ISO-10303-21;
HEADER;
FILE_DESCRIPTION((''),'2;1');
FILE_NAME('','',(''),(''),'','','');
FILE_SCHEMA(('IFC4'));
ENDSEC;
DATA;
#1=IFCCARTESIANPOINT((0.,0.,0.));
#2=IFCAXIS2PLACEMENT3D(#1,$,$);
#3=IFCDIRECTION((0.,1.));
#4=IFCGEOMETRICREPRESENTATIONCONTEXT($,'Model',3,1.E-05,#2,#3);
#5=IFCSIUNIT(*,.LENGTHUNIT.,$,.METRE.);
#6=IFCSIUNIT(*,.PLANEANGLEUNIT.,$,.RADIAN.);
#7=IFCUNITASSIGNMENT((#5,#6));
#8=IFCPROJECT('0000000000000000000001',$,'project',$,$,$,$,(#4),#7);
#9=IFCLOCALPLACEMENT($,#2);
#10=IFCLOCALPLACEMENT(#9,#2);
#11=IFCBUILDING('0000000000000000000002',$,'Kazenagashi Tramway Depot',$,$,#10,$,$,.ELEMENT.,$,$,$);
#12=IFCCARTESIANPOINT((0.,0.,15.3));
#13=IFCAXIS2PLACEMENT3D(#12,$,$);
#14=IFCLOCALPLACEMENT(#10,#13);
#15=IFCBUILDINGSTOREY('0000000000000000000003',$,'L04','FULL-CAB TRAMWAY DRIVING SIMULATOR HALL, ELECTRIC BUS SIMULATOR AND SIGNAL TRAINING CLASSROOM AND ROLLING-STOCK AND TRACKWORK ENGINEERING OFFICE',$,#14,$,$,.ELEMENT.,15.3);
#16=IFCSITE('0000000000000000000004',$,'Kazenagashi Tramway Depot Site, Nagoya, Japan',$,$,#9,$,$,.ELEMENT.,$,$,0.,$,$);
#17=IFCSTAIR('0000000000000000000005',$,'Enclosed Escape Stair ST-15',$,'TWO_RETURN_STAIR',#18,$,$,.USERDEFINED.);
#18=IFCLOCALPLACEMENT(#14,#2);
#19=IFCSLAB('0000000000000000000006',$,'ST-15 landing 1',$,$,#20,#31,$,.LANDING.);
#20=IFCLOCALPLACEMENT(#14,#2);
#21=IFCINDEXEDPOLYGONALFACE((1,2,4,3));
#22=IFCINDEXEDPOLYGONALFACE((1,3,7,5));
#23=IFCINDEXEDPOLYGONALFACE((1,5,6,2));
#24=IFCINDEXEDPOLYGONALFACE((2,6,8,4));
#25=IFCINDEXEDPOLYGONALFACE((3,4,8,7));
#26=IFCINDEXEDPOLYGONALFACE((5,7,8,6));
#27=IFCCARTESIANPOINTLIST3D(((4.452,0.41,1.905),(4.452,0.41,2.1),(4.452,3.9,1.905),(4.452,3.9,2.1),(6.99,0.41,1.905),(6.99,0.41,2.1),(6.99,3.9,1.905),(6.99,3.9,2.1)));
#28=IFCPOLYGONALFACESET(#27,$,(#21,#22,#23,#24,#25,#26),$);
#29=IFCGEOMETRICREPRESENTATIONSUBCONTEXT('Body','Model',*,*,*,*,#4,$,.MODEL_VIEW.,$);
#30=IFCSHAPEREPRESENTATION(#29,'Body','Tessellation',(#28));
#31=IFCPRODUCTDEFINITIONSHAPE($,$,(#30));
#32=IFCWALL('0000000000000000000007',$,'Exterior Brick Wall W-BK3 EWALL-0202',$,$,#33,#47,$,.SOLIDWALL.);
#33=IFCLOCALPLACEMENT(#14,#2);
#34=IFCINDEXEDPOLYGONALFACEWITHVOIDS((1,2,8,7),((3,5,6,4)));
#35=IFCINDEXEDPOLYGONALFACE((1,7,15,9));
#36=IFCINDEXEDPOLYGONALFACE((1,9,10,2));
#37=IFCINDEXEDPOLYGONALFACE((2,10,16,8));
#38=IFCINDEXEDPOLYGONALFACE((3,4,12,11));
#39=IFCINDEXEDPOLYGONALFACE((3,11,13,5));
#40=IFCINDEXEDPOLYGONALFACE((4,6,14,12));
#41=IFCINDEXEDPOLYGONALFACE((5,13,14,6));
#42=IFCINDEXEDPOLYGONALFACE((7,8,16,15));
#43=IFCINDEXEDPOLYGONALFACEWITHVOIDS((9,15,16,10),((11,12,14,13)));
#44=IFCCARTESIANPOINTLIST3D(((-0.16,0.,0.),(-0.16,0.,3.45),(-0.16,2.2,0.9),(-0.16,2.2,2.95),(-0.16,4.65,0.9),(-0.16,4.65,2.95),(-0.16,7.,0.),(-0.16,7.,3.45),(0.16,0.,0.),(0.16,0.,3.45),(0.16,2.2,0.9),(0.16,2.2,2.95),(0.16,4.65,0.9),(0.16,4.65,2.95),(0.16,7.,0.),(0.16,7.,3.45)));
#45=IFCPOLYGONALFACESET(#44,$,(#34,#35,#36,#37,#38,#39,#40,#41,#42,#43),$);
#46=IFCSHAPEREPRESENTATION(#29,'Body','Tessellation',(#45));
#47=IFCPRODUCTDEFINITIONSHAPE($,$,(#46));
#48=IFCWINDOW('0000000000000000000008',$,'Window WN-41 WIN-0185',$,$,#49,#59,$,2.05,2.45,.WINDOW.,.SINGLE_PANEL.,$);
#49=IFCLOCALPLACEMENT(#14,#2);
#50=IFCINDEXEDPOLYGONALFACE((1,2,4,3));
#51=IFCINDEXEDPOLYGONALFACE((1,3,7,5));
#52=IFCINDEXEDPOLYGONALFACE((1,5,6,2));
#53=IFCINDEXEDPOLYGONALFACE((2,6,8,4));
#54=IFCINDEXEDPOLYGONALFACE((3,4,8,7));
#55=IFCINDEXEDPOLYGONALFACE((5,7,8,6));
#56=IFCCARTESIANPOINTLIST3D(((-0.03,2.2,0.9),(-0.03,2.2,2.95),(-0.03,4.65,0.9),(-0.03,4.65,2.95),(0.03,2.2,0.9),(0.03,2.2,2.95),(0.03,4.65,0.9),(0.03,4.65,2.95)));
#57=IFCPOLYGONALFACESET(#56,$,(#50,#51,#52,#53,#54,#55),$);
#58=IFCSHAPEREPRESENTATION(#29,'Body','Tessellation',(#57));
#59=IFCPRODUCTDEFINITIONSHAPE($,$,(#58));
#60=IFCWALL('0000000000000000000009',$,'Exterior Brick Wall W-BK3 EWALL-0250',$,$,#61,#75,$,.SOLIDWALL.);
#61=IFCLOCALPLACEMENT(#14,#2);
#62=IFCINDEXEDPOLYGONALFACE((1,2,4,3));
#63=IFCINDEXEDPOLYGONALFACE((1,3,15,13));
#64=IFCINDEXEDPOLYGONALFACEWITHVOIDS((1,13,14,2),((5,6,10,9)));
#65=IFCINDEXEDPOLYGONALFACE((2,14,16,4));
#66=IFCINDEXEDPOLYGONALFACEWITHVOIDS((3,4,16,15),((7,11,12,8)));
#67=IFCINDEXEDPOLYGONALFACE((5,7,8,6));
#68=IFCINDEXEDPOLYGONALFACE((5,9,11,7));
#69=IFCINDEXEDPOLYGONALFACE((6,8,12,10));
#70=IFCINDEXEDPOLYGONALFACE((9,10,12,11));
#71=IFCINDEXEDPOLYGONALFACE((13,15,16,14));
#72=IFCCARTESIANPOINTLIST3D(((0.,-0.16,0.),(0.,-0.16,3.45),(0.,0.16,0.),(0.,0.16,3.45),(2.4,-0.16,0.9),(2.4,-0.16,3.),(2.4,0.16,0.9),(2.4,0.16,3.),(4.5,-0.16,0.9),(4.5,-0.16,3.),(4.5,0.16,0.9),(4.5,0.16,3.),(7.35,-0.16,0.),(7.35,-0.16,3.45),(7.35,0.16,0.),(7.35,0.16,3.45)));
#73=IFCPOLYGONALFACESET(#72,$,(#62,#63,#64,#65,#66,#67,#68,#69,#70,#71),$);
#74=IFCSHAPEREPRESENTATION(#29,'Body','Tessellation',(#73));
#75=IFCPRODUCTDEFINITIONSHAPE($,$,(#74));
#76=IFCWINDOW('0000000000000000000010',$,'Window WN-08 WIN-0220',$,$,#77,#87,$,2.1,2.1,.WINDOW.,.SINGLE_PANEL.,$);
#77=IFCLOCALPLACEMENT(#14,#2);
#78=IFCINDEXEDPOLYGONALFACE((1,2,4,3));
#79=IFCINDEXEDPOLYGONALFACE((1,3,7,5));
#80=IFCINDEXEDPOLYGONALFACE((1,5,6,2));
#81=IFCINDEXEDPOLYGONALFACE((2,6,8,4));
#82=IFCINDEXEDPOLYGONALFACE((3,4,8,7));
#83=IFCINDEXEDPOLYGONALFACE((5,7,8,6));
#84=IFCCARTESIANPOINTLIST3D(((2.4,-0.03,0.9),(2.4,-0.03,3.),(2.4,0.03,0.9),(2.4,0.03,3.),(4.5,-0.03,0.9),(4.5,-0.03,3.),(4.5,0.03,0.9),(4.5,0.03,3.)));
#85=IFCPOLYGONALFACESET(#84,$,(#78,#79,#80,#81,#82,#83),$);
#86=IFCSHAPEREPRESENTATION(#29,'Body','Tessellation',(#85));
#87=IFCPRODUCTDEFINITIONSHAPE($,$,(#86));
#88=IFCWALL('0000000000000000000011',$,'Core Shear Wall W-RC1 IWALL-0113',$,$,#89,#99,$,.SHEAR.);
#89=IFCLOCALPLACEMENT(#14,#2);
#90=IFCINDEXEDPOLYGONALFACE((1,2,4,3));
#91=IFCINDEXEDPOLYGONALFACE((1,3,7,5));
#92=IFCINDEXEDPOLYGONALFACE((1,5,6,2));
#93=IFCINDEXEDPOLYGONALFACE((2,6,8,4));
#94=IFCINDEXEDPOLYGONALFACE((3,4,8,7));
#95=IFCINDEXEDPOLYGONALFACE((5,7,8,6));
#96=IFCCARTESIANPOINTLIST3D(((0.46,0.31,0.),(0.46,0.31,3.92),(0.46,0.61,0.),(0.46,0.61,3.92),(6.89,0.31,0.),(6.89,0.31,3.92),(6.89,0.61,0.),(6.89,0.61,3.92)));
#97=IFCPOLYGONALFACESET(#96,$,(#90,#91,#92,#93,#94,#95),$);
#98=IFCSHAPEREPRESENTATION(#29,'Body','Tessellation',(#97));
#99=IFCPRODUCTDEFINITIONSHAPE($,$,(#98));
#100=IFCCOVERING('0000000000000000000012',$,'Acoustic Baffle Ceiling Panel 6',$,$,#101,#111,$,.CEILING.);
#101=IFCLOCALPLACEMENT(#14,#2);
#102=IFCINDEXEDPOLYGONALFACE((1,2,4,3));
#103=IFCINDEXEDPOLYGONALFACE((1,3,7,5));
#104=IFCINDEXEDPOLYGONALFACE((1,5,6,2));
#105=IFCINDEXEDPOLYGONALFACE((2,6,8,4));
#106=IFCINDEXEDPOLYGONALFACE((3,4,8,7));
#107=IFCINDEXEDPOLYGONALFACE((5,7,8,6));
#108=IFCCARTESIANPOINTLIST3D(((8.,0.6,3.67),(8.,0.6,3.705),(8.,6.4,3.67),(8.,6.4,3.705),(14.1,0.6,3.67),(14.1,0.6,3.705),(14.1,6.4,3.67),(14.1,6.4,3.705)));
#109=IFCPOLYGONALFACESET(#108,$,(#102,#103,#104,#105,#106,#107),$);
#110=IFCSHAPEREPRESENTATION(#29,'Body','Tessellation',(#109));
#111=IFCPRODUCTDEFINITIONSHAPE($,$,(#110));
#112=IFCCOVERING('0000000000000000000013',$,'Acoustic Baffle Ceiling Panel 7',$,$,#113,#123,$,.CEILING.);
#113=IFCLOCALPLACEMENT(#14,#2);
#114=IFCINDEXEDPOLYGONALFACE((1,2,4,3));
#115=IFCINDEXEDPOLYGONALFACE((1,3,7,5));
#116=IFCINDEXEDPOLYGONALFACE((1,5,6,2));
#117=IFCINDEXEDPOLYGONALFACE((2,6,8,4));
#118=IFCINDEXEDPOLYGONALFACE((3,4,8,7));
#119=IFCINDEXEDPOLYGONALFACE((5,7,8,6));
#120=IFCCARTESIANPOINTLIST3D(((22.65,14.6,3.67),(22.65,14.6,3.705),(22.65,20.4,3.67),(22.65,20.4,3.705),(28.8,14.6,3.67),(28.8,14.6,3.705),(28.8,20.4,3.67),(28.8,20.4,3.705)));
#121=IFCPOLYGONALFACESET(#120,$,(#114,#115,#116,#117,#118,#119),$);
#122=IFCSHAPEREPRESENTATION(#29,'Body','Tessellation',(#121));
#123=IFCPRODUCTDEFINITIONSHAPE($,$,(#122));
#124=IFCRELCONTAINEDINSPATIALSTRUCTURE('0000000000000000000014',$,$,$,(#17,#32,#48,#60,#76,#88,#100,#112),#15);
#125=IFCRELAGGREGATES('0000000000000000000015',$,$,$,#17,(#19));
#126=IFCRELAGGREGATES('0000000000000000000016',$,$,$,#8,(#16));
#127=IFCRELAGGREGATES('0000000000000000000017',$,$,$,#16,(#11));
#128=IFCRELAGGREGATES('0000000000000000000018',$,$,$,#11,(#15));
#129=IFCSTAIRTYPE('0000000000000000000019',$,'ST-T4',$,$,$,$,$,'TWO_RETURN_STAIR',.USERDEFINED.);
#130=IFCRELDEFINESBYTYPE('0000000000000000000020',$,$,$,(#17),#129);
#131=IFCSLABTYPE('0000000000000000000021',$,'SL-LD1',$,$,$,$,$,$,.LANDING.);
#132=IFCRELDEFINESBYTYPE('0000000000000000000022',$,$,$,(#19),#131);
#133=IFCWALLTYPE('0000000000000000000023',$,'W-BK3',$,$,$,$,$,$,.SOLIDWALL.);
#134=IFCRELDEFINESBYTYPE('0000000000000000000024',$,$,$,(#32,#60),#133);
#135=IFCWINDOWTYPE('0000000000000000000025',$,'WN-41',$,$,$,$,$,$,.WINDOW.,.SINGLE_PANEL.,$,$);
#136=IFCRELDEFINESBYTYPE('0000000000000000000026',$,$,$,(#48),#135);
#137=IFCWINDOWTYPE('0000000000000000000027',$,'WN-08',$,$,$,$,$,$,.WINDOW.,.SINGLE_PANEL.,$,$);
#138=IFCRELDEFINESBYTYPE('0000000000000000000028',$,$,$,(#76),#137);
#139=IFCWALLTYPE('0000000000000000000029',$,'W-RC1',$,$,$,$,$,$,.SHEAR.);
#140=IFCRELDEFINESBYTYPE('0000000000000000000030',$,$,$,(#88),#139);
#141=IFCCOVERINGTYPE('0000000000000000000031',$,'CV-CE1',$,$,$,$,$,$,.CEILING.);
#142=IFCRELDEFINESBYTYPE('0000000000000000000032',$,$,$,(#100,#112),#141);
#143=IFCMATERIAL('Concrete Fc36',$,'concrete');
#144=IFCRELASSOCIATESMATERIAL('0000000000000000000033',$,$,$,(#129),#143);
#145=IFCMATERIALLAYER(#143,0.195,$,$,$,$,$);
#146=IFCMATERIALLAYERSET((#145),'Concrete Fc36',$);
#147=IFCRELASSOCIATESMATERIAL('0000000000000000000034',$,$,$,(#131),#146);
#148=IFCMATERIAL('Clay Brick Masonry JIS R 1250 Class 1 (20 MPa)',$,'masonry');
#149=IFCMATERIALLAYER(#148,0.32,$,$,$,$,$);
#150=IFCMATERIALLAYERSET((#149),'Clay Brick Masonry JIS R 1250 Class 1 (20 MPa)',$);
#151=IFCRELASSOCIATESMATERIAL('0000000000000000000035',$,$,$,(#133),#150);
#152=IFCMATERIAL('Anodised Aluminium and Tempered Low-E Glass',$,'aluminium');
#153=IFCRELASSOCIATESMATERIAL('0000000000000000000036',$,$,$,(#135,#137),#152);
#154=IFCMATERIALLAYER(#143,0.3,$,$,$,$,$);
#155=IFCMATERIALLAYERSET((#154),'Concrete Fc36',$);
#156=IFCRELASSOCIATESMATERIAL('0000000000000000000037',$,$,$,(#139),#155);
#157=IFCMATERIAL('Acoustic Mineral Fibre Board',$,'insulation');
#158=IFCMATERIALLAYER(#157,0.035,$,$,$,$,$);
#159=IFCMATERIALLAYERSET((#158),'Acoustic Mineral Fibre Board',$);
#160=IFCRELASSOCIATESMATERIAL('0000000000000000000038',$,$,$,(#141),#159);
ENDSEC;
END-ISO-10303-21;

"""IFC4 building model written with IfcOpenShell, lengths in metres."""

from ifc_helpers import new_model, si_unit, direction, frame, frame_2d, origin, origin_with_axes, place, context, subcontext, project, spatial, polyline, rectangle, outline, extrude, material, layer, layer_set, type_object, element, fill, aggregate, save


model = new_model("IFC4")

# Units and contexts
model_context = context("Model", 3, precision=1e-05, world=origin(), true_north=direction((0.0, 1.0)))
body_context = subcontext(model_context, "Body", "Model", "MODEL_VIEW")
ifc_project = project(units=[si_unit("LENGTHUNIT", "METRE"), si_unit("PLANEANGLEUNIT", "RADIAN")], contexts=[model_context])

# Site, building, storey
site_placement = place(None, origin())
site = spatial("IfcSite", under=ifc_project, at=site_placement, Name="Kazenagashi Tramway Depot Site, Nagoya, Japan", CompositionType="ELEMENT", RefElevation=0.0)
building_placement = place(site_placement, origin())
building = spatial("IfcBuilding", under=site, at=building_placement, Name="Kazenagashi Tramway Depot", CompositionType="ELEMENT")
storey_placement = place(building_placement, frame((0.0, 0.0, 15.3)))
storey = spatial("IfcBuildingStorey", under=building, at=storey_placement, Name="L04", Description="FULL-CAB TRAMWAY DRIVING SIMULATOR HALL, ELECTRIC BUS SIMULATOR AND SIGNAL TRAINING CLASSROOM AND ROLLING-STOCK AND TRACKWORK ENGINEERING OFFICE", CompositionType="ELEMENT", Elevation=15.3)

# Shared definitions
ifc_material_1 = material(Name="Concrete Fc36", Category="concrete")

# Stair, slab
stair_type = type_object("IfcStairType", Name="ST-T4", ElementType="TWO_RETURN_STAIR", PredefinedType="USERDEFINED", material=ifc_material_1)
ifc_layer_1 = layer(ifc_material_1, 0.195)
ifc_layer_set_1 = layer_set([ifc_layer_1], Name="Concrete Fc36")
slab_type_1 = type_object("IfcSlabType", Name="SL-LD1", PredefinedType="LANDING", material=ifc_layer_set_1)
stair_1_placement = place(storey_placement, origin())
stair_1 = element("IfcStair", 1, at=stair_1_placement, inside=storey, type_object=stair_type, Name="Enclosed Escape Stair ST-15", ObjectType="TWO_RETURN_STAIR", PredefinedType="USERDEFINED")
slab_1_placement = place(storey_placement, frame((0.0, 0.0, 1.905)))
slab_1 = element("IfcSlab", 2, at=slab_1_placement, type_object=slab_type_1, Name="ST-15 landing 1", PredefinedType="LANDING", context=body_context, shape_type="SweptSolid", body=[
    extrude(outline(polyline([(4.452, 0.41), (6.99, 0.41), (6.99, 3.9), (4.452, 3.9), (4.452, 0.41)])), origin(), (0.0, 0.0, 1.0), 0.195),
])
aggregate(stair_1, [slab_1])

# Walls, openings, windows
ifc_material_2 = material(Name="Clay Brick Masonry JIS R 1250 Class 1 (20 MPa)", Category="masonry")
ifc_layer_2 = layer(ifc_material_2, 0.32)
ifc_layer_set_2 = layer_set([ifc_layer_2], Name="Clay Brick Masonry JIS R 1250 Class 1 (20 MPa)")
wall_type_1 = type_object("IfcWallType", Name="W-BK3", PredefinedType="SOLIDWALL", material=ifc_layer_set_2)
wall_1_placement = place(storey_placement, frame((0.0, 0.0, 0.0), z_axis=(0.0, 0.0, 1.0), x_axis=(0.0, 1.0, 0.0)))
wall_1 = element("IfcWall", 3, at=wall_1_placement, inside=storey, type_object=wall_type_1, Name="Exterior Brick Wall W-BK3 EWALL-0202", PredefinedType="SOLIDWALL", context=body_context, shape_type="SweptSolid", body=[
    extrude(rectangle(XDim=7.0, YDim=0.32, at=frame_2d((3.5, 0.0))), origin(), (0.0, 0.0, 1.0), 3.45),
])
opening_1_placement = place(wall_1_placement, frame((2.2, 0.0, 0.9)))
opening_1 = element("IfcOpeningElement", 4, at=opening_1_placement, cuts=wall_1, PredefinedType="OPENING", context=body_context, shape_type="SweptSolid", body=[
    extrude(rectangle(XDim=2.45, YDim=2.05, at=frame_2d((1.225, 1.025))), frame((0.0, 0.17, 0.0), z_axis=(0.0, -1.0, 0.0), x_axis=(1.0, 0.0, 0.0)), (0.0, 0.0, 1.0), 0.34),
])
ifc_material_3 = material(Name="Anodised Aluminium and Tempered Low-E Glass", Category="aluminium")
window_type_1 = type_object("IfcWindowType", Name="WN-41", PartitioningType="SINGLE_PANEL", PredefinedType="WINDOW", material=ifc_material_3)
window_1_placement = place(opening_1_placement, origin())
window_1 = element("IfcWindow", 5, at=window_1_placement, inside=storey, type_object=window_type_1, Name="Window WN-41 WIN-0185", OverallHeight=2.05, OverallWidth=2.45, PartitioningType="SINGLE_PANEL", PredefinedType="WINDOW", context=body_context, shape_type="SweptSolid", body=[
    extrude(rectangle(XDim=2.45, YDim=2.05, at=frame_2d((1.225, 1.025))), frame((0.0, 0.03, 0.0), z_axis=(0.0, -1.0, 0.0), x_axis=(1.0, 0.0, 0.0)), (0.0, 0.0, 1.0), 0.06),
])
fill(opening_1, window_1)
wall_2_placement = place(storey_placement, origin_with_axes())
wall_2 = element("IfcWall", 6, at=wall_2_placement, inside=storey, type_object=wall_type_1, Name="Exterior Brick Wall W-BK3 EWALL-0250", PredefinedType="SOLIDWALL", context=body_context, shape_type="SweptSolid", body=[
    extrude(rectangle(XDim=7.35, YDim=0.32, at=frame_2d((3.675, 0.0))), origin(), (0.0, 0.0, 1.0), 3.45),
])
opening_2_placement = place(wall_2_placement, frame((2.4, 0.0, 0.9)))
opening_2 = element("IfcOpeningElement", 7, at=opening_2_placement, cuts=wall_2, PredefinedType="OPENING", context=body_context, shape_type="SweptSolid", body=[
    extrude(rectangle(XDim=2.1, YDim=2.1, at=frame_2d((1.05, 1.05))), frame((0.0, 0.17, 0.0), z_axis=(0.0, -1.0, 0.0), x_axis=(1.0, 0.0, 0.0)), (0.0, 0.0, 1.0), 0.34),
])
window_type_2 = type_object("IfcWindowType", Name="WN-08", PartitioningType="SINGLE_PANEL", PredefinedType="WINDOW", material=ifc_material_3)
window_2_placement = place(opening_2_placement, origin())
window_2 = element("IfcWindow", 8, at=window_2_placement, inside=storey, type_object=window_type_2, Name="Window WN-08 WIN-0220", OverallHeight=2.1, OverallWidth=2.1, PartitioningType="SINGLE_PANEL", PredefinedType="WINDOW", context=body_context, shape_type="SweptSolid", body=[
    extrude(rectangle(XDim=2.1, YDim=2.1, at=frame_2d((1.05, 1.05))), frame((0.0, 0.03, 0.0), z_axis=(0.0, -1.0, 0.0), x_axis=(1.0, 0.0, 0.0)), (0.0, 0.0, 1.0), 0.06),
])
fill(opening_2, window_2)

# Wall
ifc_layer_3 = layer(ifc_material_1, 0.3)
ifc_layer_set_3 = layer_set([ifc_layer_3], Name="Concrete Fc36")
wall_type_2 = type_object("IfcWallType", Name="W-RC1", PredefinedType="SHEAR", material=ifc_layer_set_3)
wall_3_placement = place(storey_placement, frame((0.46, 0.46, 0.0), z_axis=(0.0, 0.0, 1.0), x_axis=(1.0, 0.0, 0.0)))
element("IfcWall", 9, at=wall_3_placement, inside=storey, type_object=wall_type_2, Name="Core Shear Wall W-RC1 IWALL-0113", PredefinedType="SHEAR", context=body_context, shape_type="SweptSolid", body=[
    extrude(rectangle(XDim=6.43, YDim=0.3, at=frame_2d((3.215, 0.0))), origin(), (0.0, 0.0, 1.0), 3.92),
])

# Coverings
ifc_material_4 = material(Name="Acoustic Mineral Fibre Board", Category="insulation")
ifc_layer_4 = layer(ifc_material_4, 0.035)
ifc_layer_set_4 = layer_set([ifc_layer_4], Name="Acoustic Mineral Fibre Board")
covering_type = type_object("IfcCoveringType", Name="CV-CE1", PredefinedType="CEILING", material=ifc_layer_set_4)
covering_1_placement = place(storey_placement, frame((0.0, 0.0, 3.67)))
element("IfcCovering", 10, at=covering_1_placement, inside=storey, type_object=covering_type, Name="Acoustic Baffle Ceiling Panel 6", PredefinedType="CEILING", context=body_context, shape_type="SweptSolid", body=[
    extrude(outline(polyline([(8.0, 0.6), (14.1, 0.6), (14.1, 6.4), (8.0, 6.4), (8.0, 0.6)])), origin(), (0.0, 0.0, 1.0), 0.035),
])
covering_2_placement = place(storey_placement, frame((0.0, 0.0, 3.67)))
element("IfcCovering", 11, at=covering_2_placement, inside=storey, type_object=covering_type, Name="Acoustic Baffle Ceiling Panel 7", PredefinedType="CEILING", context=body_context, shape_type="SweptSolid", body=[
    extrude(outline(polyline([(22.65, 14.6), (28.8, 14.6), (28.8, 20.4), (22.65, 20.4), (22.65, 14.6)])), origin(), (0.0, 0.0, 1.0), 0.035),
])

save(model, "model.ifc")
